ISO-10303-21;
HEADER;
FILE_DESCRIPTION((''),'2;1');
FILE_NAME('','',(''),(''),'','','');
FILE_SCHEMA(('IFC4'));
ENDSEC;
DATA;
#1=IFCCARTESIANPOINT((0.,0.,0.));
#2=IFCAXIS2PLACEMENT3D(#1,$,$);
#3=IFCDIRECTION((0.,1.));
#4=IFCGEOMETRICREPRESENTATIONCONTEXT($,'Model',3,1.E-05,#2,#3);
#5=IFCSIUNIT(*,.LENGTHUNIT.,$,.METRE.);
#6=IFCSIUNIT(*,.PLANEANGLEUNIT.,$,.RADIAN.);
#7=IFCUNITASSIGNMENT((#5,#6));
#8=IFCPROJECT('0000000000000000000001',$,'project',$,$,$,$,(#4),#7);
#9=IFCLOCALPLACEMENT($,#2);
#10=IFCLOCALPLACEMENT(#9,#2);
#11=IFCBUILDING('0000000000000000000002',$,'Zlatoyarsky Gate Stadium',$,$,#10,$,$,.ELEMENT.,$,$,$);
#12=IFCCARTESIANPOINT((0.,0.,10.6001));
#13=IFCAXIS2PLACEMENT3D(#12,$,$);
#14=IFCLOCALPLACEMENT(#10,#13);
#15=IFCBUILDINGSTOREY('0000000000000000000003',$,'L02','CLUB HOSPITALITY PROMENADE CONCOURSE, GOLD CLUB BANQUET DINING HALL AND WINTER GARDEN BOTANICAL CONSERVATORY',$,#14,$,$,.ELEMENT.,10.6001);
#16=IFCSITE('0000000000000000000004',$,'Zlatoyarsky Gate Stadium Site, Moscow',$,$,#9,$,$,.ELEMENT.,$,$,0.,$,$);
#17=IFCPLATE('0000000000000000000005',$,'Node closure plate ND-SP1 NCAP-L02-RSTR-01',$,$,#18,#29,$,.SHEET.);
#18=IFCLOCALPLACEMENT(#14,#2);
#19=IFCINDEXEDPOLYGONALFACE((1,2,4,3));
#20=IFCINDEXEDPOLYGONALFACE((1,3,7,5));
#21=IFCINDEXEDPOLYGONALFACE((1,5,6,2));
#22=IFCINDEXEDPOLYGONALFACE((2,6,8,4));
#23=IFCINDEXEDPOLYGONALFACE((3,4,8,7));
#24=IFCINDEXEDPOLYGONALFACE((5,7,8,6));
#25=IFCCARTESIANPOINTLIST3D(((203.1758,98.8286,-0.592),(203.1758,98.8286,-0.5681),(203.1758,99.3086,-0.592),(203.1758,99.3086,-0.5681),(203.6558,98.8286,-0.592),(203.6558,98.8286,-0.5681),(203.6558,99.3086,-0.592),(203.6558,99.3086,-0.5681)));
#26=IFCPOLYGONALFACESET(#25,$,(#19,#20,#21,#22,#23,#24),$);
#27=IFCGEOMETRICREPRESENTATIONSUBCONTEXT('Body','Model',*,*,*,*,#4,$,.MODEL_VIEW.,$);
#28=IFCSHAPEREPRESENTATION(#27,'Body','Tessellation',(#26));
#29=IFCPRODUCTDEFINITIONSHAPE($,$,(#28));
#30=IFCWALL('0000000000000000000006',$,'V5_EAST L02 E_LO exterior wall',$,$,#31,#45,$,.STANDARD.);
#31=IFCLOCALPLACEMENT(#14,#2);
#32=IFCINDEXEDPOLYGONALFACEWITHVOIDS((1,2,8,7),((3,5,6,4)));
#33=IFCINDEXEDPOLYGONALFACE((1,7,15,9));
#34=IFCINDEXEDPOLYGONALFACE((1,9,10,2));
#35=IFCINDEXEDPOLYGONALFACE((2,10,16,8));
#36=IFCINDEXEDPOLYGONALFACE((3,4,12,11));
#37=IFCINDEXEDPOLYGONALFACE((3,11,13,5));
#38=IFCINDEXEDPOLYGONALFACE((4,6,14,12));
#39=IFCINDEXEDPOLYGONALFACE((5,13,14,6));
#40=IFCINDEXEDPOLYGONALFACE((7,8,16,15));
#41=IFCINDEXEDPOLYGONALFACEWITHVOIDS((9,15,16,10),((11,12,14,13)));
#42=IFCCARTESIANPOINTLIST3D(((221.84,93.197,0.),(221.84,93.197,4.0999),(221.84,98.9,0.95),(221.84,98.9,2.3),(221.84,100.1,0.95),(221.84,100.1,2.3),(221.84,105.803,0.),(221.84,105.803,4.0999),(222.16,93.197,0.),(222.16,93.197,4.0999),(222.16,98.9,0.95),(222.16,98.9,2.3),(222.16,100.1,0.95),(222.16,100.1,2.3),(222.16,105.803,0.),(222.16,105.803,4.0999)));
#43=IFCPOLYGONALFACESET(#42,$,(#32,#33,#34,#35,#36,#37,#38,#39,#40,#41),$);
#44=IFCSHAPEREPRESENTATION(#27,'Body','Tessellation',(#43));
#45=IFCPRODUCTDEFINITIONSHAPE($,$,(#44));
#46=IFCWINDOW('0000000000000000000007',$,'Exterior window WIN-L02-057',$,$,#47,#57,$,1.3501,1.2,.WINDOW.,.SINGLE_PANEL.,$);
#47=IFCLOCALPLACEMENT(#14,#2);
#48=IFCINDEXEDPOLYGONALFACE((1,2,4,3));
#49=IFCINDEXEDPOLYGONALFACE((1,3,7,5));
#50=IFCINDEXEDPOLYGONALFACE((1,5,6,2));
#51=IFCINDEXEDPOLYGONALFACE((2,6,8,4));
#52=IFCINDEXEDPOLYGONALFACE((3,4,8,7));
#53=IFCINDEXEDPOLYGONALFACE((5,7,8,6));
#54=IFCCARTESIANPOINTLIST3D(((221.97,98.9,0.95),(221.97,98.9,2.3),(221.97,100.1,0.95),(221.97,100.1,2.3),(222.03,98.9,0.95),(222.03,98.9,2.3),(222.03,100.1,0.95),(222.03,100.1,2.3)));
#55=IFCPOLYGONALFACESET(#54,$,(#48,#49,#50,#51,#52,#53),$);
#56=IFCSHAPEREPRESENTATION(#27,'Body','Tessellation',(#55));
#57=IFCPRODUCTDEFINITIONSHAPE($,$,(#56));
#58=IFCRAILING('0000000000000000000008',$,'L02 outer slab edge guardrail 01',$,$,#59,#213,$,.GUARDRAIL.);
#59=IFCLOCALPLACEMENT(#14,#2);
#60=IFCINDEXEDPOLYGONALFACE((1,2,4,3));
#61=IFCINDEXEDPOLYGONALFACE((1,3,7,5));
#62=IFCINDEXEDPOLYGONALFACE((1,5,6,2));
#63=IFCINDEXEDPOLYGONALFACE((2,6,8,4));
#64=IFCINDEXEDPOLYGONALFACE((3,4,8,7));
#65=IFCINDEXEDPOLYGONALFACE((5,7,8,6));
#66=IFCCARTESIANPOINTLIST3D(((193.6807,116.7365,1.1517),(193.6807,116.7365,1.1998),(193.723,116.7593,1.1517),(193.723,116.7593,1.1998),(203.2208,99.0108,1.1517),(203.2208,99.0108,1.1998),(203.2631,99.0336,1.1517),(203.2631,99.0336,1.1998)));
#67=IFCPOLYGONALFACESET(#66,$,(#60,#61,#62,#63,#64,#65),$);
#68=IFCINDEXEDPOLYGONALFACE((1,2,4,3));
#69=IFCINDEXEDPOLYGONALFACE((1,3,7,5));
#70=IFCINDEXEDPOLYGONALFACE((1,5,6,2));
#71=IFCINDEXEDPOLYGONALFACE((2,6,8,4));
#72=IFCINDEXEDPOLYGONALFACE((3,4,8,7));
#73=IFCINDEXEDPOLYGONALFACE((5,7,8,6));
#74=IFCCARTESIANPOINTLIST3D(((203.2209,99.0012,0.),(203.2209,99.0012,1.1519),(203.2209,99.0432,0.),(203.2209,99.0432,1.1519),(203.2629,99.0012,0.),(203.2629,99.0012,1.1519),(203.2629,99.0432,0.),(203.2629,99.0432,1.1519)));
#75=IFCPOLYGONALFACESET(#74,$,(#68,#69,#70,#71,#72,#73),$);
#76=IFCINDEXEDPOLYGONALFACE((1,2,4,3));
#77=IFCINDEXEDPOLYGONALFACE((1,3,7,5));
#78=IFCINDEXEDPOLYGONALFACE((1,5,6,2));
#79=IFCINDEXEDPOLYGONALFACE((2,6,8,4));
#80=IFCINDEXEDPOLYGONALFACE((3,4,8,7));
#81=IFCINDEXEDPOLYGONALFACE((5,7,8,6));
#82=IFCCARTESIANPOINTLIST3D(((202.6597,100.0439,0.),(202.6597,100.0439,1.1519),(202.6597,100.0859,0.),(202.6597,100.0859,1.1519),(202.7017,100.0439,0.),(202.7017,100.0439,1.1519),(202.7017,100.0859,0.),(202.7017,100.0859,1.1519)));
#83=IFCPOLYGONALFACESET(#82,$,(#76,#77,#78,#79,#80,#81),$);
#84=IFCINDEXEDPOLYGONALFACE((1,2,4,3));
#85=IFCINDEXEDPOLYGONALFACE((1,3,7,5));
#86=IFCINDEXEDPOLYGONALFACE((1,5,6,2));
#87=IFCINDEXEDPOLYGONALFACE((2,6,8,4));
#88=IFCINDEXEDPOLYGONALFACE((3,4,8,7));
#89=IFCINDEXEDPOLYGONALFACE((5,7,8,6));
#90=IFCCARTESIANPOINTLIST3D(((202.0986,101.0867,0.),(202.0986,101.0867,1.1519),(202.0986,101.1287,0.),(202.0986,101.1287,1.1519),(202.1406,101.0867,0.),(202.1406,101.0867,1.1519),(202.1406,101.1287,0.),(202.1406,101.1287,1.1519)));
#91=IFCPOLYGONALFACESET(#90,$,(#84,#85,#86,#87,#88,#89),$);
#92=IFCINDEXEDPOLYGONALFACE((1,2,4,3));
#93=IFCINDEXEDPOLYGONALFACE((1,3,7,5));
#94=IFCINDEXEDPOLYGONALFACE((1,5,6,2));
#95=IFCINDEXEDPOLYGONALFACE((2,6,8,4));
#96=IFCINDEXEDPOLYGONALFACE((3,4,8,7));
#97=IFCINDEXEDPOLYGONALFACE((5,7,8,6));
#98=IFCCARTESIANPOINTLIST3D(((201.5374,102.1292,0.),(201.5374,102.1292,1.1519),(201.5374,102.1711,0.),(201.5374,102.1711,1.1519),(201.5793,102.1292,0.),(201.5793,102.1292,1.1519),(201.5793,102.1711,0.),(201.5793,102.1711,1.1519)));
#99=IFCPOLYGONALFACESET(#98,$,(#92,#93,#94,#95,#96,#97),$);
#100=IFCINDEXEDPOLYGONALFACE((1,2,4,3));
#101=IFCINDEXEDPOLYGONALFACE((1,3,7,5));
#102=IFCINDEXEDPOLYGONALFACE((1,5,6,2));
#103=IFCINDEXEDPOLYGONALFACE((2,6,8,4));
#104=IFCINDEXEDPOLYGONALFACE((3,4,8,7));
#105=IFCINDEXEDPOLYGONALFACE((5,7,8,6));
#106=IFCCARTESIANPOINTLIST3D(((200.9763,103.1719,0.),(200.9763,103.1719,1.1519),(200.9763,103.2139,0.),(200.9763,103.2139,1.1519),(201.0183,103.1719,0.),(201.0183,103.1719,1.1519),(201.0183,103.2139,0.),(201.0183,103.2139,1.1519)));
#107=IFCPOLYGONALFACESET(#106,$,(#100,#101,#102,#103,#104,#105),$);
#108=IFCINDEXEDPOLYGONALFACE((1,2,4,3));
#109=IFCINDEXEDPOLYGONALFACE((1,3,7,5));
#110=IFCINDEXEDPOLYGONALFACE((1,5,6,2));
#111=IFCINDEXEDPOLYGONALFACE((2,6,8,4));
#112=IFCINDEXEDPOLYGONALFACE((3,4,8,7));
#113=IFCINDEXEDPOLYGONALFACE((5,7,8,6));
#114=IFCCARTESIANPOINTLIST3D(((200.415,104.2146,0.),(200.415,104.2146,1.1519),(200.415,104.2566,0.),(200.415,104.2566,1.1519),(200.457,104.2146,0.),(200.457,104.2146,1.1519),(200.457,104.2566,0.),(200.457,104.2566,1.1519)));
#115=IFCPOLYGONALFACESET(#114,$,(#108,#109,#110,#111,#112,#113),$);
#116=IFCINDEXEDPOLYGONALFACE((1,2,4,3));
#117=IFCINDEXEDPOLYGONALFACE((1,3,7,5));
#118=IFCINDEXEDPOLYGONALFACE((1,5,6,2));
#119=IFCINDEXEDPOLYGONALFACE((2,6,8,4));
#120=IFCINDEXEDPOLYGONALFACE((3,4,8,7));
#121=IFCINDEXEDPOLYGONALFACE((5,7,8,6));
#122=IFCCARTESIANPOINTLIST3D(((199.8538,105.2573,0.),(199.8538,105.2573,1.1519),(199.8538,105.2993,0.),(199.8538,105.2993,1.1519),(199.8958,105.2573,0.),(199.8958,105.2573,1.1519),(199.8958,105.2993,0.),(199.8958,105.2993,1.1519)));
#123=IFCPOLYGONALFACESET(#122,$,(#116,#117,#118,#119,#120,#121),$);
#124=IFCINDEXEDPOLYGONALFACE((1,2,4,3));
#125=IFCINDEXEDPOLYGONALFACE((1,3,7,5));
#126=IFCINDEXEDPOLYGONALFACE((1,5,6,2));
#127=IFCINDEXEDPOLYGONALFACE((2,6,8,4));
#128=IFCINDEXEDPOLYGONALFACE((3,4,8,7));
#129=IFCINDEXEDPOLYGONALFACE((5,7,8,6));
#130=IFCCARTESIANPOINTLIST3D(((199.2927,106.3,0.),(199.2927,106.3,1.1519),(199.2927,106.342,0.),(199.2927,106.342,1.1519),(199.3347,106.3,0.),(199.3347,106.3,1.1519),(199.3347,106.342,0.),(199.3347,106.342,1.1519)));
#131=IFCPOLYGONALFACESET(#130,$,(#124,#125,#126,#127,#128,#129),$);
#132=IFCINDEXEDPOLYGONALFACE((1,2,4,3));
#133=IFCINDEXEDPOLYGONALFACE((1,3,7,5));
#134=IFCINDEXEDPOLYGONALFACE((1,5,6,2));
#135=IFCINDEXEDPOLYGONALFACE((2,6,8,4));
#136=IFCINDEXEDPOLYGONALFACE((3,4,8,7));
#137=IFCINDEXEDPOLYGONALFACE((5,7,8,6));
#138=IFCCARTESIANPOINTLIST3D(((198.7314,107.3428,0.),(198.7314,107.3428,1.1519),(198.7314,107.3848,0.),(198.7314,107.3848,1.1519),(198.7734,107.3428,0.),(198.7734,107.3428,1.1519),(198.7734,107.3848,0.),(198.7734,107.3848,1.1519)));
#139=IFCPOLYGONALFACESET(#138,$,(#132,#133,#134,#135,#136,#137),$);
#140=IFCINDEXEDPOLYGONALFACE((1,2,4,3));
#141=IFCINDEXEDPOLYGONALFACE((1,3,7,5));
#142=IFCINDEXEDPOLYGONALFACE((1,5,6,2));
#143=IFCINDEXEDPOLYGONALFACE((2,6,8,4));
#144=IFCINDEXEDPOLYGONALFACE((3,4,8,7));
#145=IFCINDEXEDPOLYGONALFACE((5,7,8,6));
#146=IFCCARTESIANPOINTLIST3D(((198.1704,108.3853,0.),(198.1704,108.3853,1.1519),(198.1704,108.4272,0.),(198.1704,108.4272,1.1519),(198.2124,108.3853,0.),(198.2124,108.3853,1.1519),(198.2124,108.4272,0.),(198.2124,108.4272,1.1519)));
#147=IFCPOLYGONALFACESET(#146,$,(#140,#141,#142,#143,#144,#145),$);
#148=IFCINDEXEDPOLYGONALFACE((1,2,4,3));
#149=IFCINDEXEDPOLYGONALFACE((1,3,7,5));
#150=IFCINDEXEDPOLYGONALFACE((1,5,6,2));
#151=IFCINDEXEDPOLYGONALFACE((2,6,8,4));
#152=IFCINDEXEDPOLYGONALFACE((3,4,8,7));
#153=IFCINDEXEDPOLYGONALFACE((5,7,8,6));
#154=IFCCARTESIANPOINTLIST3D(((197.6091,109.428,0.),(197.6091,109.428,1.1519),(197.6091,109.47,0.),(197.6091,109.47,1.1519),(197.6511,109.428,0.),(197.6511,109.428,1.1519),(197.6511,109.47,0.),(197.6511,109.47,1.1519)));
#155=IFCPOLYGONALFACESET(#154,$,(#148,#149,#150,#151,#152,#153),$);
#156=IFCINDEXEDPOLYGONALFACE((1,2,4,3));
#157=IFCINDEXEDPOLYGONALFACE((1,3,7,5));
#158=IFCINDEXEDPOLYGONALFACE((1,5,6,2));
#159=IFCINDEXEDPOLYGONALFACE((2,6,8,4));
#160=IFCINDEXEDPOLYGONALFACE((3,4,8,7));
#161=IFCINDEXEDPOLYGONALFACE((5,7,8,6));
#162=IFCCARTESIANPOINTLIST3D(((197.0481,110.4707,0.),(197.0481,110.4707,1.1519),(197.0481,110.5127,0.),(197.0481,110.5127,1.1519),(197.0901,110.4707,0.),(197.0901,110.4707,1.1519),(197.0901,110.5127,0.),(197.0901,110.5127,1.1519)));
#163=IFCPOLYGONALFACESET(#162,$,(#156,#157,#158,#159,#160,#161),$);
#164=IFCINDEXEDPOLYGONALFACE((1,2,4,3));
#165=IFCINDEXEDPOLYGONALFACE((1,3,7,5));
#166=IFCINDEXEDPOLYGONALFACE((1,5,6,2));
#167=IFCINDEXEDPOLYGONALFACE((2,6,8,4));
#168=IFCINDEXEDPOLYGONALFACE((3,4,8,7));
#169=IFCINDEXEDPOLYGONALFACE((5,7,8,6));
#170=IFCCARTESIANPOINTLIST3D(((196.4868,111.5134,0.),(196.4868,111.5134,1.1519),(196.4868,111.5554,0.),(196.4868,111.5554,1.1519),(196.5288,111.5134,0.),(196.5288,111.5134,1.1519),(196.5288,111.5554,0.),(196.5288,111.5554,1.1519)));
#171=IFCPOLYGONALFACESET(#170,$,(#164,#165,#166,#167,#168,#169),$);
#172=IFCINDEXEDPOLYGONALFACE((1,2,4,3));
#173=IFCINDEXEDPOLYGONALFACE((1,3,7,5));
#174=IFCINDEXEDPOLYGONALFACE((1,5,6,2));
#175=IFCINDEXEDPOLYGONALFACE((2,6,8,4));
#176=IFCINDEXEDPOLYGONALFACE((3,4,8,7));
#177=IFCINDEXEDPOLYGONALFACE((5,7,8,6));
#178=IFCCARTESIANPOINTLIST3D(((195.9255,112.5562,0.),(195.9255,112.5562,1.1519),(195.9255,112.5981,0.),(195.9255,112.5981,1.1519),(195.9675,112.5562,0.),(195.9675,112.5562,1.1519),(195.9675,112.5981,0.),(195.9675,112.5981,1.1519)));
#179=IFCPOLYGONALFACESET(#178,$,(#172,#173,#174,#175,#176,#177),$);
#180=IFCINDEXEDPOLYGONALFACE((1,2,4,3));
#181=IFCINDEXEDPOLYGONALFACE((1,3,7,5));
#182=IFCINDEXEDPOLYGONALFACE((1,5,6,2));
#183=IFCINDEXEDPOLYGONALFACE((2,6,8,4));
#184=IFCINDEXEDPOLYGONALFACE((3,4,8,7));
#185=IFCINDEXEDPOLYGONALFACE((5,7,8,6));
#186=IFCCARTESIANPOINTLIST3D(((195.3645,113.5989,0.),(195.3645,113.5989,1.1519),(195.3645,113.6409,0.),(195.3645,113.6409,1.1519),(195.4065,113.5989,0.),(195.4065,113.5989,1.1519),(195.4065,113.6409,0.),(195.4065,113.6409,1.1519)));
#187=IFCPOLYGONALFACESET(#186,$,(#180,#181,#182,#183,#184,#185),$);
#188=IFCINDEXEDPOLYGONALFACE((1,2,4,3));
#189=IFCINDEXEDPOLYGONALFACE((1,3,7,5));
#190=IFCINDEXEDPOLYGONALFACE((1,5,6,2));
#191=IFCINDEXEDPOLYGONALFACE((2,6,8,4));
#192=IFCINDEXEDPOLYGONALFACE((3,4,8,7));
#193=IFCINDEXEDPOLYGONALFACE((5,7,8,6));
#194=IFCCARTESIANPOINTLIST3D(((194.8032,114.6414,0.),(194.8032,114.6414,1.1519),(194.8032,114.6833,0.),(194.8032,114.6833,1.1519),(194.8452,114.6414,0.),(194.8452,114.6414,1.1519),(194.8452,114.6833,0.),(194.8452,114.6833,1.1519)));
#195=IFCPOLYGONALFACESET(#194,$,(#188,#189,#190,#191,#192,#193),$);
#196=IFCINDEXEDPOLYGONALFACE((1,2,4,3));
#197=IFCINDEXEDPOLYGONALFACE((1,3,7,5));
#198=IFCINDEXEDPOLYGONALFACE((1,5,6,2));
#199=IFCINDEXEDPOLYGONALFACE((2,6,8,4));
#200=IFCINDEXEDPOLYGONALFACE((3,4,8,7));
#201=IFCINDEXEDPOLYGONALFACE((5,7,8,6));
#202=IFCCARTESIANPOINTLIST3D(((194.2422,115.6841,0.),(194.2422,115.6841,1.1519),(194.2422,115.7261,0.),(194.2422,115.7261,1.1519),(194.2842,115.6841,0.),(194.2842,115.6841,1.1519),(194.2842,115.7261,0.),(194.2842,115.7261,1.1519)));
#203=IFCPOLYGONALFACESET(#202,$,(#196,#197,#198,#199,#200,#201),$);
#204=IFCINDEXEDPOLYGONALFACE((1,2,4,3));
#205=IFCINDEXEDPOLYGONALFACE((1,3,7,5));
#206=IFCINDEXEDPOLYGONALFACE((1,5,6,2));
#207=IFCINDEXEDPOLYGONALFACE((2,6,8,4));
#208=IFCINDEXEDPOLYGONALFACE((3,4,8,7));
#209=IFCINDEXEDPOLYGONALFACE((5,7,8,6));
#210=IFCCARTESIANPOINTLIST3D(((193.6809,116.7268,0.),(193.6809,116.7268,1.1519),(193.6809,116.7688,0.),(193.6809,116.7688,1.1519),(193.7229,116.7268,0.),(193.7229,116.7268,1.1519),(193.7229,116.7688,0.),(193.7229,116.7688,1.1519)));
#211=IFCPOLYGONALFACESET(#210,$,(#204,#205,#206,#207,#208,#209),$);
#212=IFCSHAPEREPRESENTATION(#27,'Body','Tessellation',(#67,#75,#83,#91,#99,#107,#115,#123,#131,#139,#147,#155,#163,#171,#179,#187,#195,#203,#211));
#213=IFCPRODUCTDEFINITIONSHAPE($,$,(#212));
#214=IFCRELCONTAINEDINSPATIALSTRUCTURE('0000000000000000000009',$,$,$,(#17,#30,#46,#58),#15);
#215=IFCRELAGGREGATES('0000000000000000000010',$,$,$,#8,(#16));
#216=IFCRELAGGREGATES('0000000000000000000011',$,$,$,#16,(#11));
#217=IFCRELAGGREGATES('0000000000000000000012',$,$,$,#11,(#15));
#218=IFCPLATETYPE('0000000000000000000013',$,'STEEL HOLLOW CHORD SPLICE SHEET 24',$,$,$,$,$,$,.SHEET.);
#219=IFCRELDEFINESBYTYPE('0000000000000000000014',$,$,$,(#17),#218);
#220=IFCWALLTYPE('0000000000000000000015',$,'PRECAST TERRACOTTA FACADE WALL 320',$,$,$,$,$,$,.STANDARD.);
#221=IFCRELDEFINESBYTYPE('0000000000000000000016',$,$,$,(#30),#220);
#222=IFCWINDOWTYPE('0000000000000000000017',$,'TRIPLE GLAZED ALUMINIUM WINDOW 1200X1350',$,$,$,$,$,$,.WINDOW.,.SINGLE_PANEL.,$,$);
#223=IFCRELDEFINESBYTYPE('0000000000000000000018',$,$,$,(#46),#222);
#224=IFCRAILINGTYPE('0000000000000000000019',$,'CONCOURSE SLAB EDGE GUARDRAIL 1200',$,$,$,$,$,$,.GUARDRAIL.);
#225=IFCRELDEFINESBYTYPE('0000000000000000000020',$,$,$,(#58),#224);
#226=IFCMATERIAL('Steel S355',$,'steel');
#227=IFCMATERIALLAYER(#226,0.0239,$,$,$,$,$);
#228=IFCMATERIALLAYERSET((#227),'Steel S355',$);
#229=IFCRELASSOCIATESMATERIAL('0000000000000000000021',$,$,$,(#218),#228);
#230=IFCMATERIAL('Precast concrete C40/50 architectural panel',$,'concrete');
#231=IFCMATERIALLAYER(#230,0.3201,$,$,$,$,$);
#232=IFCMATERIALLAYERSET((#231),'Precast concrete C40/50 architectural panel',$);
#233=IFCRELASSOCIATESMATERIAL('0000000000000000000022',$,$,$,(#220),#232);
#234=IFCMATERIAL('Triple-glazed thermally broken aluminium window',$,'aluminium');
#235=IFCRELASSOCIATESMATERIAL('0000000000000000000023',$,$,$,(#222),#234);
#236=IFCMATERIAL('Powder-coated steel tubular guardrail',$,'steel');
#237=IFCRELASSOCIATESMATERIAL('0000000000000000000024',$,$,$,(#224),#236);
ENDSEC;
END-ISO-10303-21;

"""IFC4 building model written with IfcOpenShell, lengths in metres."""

from ifc_helpers import new_model, si_unit, direction, frame, frame_2d, origin, origin_2d, place, context, subcontext, project, spatial, rectangle, extrude, material, layer, layer_set, type_object, element, fill, save


model = new_model("IFC4")

# Units and contexts
model_context = context("Model", 3, precision=1e-05, world=origin(), true_north=direction((0.0, 1.0)))
body_context = subcontext(model_context, "Body", "Model", "MODEL_VIEW")
ifc_project = project(units=[si_unit("LENGTHUNIT", "METRE"), si_unit("PLANEANGLEUNIT", "RADIAN")], contexts=[model_context])

# Site, building, storey
site_placement = place(None, origin())
site = spatial("IfcSite", under=ifc_project, at=site_placement, Name="Zlatoyarsky Gate Stadium Site, Moscow", CompositionType="ELEMENT", RefElevation=0.0)
building_placement = place(site_placement, origin())
building = spatial("IfcBuilding", under=site, at=building_placement, Name="Zlatoyarsky Gate Stadium", CompositionType="ELEMENT")
storey_placement = place(building_placement, frame((0.0, 0.0, 10.6001)))
storey = spatial("IfcBuildingStorey", under=building, at=storey_placement, Name="L02", Description="CLUB HOSPITALITY PROMENADE CONCOURSE, GOLD CLUB BANQUET DINING HALL AND WINTER GARDEN BOTANICAL CONSERVATORY", CompositionType="ELEMENT", Elevation=10.6001)

# Shared definitions
ifc_material_1 = material(Name="Steel S355", Category="steel")

# Plate
ifc_layer_1 = layer(ifc_material_1, 0.0239)
ifc_layer_set_1 = layer_set([ifc_layer_1], Name="Steel S355")
plate_type_1 = type_object("IfcPlateType", Name="STEEL HOLLOW CHORD SPLICE SHEET 24", PredefinedType="SHEET", material=ifc_layer_set_1)
plate_1_placement = place(storey_placement, frame((203.4158, 99.0686, -0.592), z_axis=(0.0, 0.0, 1.0), x_axis=(1.0, 0.0, 0.0)))
element("IfcPlate", 1, at=plate_1_placement, inside=storey, type_object=plate_type_1, Name="Node closure plate ND-SP1 NCAP-L02-RSTR-01", PredefinedType="SHEET", context=body_context, shape_type="SweptSolid", body=[
    extrude(rectangle(XDim=0.48, YDim=0.48, at=origin_2d()), origin(), (0.0, 0.0, 1.0), 0.0239),
])

# Wall, opening, window
ifc_material_2 = material(Name="Precast concrete C40/50 architectural panel", Category="concrete")
ifc_layer_2 = layer(ifc_material_2, 0.3201)
ifc_layer_set_2 = layer_set([ifc_layer_2], Name="Precast concrete C40/50 architectural panel")
wall_type = type_object("IfcWallType", Name="PRECAST TERRACOTTA FACADE WALL 320", PredefinedType="STANDARD", material=ifc_layer_set_2)
wall_placement = place(storey_placement, frame((222.0, 93.197, 0.0), z_axis=(0.0, 0.0, 1.0), x_axis=(0.0, 1.0, 0.0)))
wall = element("IfcWall", 2, at=wall_placement, inside=storey, type_object=wall_type, Name="V5_EAST L02 E_LO exterior wall", PredefinedType="STANDARD", context=body_context, shape_type="SweptSolid", body=[
    extrude(rectangle(XDim=12.606, YDim=0.3201, at=frame_2d((6.303, 0.0))), origin(), (0.0, 0.0, 1.0), 4.0999),
])
opening_placement = place(wall_placement, frame((5.7029, 0.0, 0.95)))
opening = element("IfcOpeningElement", 3, at=opening_placement, cuts=wall, PredefinedType="OPENING", context=body_context, shape_type="SweptSolid", body=[
    extrude(rectangle(XDim=1.2, YDim=1.3501, at=frame_2d((0.6001, 0.675))), frame((0.0, 0.1699, 0.0), z_axis=(0.0, -1.0, 0.0), x_axis=(1.0, 0.0, 0.0)), (0.0, 0.0, 1.0), 0.3401),
])
ifc_material_3 = material(Name="Triple-glazed thermally broken aluminium window", Category="aluminium")
window_type = type_object("IfcWindowType", Name="TRIPLE GLAZED ALUMINIUM WINDOW 1200X1350", PartitioningType="SINGLE_PANEL", PredefinedType="WINDOW", material=ifc_material_3)
window_placement = place(opening_placement, origin())
window = element("IfcWindow", 4, at=window_placement, inside=storey, type_object=window_type, Name="Exterior window WIN-L02-057", OverallHeight=1.3501, OverallWidth=1.2, PartitioningType="SINGLE_PANEL", PredefinedType="WINDOW", context=body_context, shape_type="SweptSolid", body=[
    extrude(rectangle(XDim=1.2, YDim=1.3501, at=frame_2d((0.6001, 0.675))), frame((0.0, 0.03, 0.0), z_axis=(0.0, -1.0, 0.0), x_axis=(1.0, 0.0, 0.0)), (0.0, 0.0, 1.0), 0.0601),
])
fill(opening, window)

# Railing
ifc_material_4 = material(Name="Powder-coated steel tubular guardrail", Category="steel")
railing_type = type_object("IfcRailingType", Name="CONCOURSE SLAB EDGE GUARDRAIL 1200", PredefinedType="GUARDRAIL", material=ifc_material_4)
railing_placement = place(storey_placement, frame((203.2419, 99.0222, 0.0)))
element("IfcRailing", 5, at=railing_placement, inside=storey, type_object=railing_type, Name="L02 outer slab edge guardrail 01", PredefinedType="GUARDRAIL", context=body_context, shape_type="SweptSolid", body=[
    extrude(rectangle(XDim=0.0481, YDim=0.0481, at=origin_2d()), frame((0.0, 0.0, 1.1758), z_axis=(-0.473926, 0.880565, 0.0), x_axis=(-0.880565, -0.473926, 0.0)), (0.0, 0.0, 1.0), 20.1299),
    extrude(rectangle(XDim=0.042, YDim=0.042, at=origin_2d()), origin(), (0.0, 0.0, 1.0), 1.1519),
    extrude(rectangle(XDim=0.042, YDim=0.042, at=origin_2d()), frame((-0.5613, 1.0427, 0.0)), (0.0, 0.0, 1.0), 1.1519),
    extrude(rectangle(XDim=0.042, YDim=0.042, at=origin_2d()), frame((-1.1223, 2.0854, 0.0)), (0.0, 0.0, 1.0), 1.1519),
    extrude(rectangle(XDim=0.042, YDim=0.042, at=origin_2d()), frame((-1.6836, 3.1279, 0.0)), (0.0, 0.0, 1.0), 1.1519),
    extrude(rectangle(XDim=0.042, YDim=0.042, at=origin_2d()), frame((-2.2446, 4.1707, 0.0)), (0.0, 0.0, 1.0), 1.1519),
    extrude(rectangle(XDim=0.042, YDim=0.042, at=origin_2d()), frame((-2.8059, 5.2134, 0.0)), (0.0, 0.0, 1.0), 1.1519),
    extrude(rectangle(XDim=0.042, YDim=0.042, at=origin_2d()), frame((-3.3672, 6.2561, 0.0)), (0.0, 0.0, 1.0), 1.1519),
    extrude(rectangle(XDim=0.042, YDim=0.042, at=origin_2d()), frame((-3.9282, 7.2988, 0.0)), (0.0, 0.0, 1.0), 1.1519),
    extrude(rectangle(XDim=0.042, YDim=0.042, at=origin_2d()), frame((-4.4895, 8.3416, 0.0)), (0.0, 0.0, 1.0), 1.1519),
    extrude(rectangle(XDim=0.042, YDim=0.042, at=origin_2d()), frame((-5.0505, 9.384, 0.0)), (0.0, 0.0, 1.0), 1.1519),
    extrude(rectangle(XDim=0.042, YDim=0.042, at=origin_2d()), frame((-5.6118, 10.4268, 0.0)), (0.0, 0.0, 1.0), 1.1519),
    extrude(rectangle(XDim=0.042, YDim=0.042, at=origin_2d()), frame((-6.1729, 11.4695, 0.0)), (0.0, 0.0, 1.0), 1.1519),
    extrude(rectangle(XDim=0.042, YDim=0.042, at=origin_2d()), frame((-6.7341, 12.5122, 0.0)), (0.0, 0.0, 1.0), 1.1519),
    extrude(rectangle(XDim=0.042, YDim=0.042, at=origin_2d()), frame((-7.2954, 13.5549, 0.0)), (0.0, 0.0, 1.0), 1.1519),
    extrude(rectangle(XDim=0.042, YDim=0.042, at=origin_2d()), frame((-7.8564, 14.5977, 0.0)), (0.0, 0.0, 1.0), 1.1519),
    extrude(rectangle(XDim=0.042, YDim=0.042, at=origin_2d()), frame((-8.4177, 15.6401, 0.0)), (0.0, 0.0, 1.0), 1.1519),
    extrude(rectangle(XDim=0.042, YDim=0.042, at=origin_2d()), frame((-8.9788, 16.6829, 0.0)), (0.0, 0.0, 1.0), 1.1519),
    extrude(rectangle(XDim=0.042, YDim=0.042, at=origin_2d()), frame((-9.54, 17.7256, 0.0)), (0.0, 0.0, 1.0), 1.1519),
])

save(model, "model.ifc")
